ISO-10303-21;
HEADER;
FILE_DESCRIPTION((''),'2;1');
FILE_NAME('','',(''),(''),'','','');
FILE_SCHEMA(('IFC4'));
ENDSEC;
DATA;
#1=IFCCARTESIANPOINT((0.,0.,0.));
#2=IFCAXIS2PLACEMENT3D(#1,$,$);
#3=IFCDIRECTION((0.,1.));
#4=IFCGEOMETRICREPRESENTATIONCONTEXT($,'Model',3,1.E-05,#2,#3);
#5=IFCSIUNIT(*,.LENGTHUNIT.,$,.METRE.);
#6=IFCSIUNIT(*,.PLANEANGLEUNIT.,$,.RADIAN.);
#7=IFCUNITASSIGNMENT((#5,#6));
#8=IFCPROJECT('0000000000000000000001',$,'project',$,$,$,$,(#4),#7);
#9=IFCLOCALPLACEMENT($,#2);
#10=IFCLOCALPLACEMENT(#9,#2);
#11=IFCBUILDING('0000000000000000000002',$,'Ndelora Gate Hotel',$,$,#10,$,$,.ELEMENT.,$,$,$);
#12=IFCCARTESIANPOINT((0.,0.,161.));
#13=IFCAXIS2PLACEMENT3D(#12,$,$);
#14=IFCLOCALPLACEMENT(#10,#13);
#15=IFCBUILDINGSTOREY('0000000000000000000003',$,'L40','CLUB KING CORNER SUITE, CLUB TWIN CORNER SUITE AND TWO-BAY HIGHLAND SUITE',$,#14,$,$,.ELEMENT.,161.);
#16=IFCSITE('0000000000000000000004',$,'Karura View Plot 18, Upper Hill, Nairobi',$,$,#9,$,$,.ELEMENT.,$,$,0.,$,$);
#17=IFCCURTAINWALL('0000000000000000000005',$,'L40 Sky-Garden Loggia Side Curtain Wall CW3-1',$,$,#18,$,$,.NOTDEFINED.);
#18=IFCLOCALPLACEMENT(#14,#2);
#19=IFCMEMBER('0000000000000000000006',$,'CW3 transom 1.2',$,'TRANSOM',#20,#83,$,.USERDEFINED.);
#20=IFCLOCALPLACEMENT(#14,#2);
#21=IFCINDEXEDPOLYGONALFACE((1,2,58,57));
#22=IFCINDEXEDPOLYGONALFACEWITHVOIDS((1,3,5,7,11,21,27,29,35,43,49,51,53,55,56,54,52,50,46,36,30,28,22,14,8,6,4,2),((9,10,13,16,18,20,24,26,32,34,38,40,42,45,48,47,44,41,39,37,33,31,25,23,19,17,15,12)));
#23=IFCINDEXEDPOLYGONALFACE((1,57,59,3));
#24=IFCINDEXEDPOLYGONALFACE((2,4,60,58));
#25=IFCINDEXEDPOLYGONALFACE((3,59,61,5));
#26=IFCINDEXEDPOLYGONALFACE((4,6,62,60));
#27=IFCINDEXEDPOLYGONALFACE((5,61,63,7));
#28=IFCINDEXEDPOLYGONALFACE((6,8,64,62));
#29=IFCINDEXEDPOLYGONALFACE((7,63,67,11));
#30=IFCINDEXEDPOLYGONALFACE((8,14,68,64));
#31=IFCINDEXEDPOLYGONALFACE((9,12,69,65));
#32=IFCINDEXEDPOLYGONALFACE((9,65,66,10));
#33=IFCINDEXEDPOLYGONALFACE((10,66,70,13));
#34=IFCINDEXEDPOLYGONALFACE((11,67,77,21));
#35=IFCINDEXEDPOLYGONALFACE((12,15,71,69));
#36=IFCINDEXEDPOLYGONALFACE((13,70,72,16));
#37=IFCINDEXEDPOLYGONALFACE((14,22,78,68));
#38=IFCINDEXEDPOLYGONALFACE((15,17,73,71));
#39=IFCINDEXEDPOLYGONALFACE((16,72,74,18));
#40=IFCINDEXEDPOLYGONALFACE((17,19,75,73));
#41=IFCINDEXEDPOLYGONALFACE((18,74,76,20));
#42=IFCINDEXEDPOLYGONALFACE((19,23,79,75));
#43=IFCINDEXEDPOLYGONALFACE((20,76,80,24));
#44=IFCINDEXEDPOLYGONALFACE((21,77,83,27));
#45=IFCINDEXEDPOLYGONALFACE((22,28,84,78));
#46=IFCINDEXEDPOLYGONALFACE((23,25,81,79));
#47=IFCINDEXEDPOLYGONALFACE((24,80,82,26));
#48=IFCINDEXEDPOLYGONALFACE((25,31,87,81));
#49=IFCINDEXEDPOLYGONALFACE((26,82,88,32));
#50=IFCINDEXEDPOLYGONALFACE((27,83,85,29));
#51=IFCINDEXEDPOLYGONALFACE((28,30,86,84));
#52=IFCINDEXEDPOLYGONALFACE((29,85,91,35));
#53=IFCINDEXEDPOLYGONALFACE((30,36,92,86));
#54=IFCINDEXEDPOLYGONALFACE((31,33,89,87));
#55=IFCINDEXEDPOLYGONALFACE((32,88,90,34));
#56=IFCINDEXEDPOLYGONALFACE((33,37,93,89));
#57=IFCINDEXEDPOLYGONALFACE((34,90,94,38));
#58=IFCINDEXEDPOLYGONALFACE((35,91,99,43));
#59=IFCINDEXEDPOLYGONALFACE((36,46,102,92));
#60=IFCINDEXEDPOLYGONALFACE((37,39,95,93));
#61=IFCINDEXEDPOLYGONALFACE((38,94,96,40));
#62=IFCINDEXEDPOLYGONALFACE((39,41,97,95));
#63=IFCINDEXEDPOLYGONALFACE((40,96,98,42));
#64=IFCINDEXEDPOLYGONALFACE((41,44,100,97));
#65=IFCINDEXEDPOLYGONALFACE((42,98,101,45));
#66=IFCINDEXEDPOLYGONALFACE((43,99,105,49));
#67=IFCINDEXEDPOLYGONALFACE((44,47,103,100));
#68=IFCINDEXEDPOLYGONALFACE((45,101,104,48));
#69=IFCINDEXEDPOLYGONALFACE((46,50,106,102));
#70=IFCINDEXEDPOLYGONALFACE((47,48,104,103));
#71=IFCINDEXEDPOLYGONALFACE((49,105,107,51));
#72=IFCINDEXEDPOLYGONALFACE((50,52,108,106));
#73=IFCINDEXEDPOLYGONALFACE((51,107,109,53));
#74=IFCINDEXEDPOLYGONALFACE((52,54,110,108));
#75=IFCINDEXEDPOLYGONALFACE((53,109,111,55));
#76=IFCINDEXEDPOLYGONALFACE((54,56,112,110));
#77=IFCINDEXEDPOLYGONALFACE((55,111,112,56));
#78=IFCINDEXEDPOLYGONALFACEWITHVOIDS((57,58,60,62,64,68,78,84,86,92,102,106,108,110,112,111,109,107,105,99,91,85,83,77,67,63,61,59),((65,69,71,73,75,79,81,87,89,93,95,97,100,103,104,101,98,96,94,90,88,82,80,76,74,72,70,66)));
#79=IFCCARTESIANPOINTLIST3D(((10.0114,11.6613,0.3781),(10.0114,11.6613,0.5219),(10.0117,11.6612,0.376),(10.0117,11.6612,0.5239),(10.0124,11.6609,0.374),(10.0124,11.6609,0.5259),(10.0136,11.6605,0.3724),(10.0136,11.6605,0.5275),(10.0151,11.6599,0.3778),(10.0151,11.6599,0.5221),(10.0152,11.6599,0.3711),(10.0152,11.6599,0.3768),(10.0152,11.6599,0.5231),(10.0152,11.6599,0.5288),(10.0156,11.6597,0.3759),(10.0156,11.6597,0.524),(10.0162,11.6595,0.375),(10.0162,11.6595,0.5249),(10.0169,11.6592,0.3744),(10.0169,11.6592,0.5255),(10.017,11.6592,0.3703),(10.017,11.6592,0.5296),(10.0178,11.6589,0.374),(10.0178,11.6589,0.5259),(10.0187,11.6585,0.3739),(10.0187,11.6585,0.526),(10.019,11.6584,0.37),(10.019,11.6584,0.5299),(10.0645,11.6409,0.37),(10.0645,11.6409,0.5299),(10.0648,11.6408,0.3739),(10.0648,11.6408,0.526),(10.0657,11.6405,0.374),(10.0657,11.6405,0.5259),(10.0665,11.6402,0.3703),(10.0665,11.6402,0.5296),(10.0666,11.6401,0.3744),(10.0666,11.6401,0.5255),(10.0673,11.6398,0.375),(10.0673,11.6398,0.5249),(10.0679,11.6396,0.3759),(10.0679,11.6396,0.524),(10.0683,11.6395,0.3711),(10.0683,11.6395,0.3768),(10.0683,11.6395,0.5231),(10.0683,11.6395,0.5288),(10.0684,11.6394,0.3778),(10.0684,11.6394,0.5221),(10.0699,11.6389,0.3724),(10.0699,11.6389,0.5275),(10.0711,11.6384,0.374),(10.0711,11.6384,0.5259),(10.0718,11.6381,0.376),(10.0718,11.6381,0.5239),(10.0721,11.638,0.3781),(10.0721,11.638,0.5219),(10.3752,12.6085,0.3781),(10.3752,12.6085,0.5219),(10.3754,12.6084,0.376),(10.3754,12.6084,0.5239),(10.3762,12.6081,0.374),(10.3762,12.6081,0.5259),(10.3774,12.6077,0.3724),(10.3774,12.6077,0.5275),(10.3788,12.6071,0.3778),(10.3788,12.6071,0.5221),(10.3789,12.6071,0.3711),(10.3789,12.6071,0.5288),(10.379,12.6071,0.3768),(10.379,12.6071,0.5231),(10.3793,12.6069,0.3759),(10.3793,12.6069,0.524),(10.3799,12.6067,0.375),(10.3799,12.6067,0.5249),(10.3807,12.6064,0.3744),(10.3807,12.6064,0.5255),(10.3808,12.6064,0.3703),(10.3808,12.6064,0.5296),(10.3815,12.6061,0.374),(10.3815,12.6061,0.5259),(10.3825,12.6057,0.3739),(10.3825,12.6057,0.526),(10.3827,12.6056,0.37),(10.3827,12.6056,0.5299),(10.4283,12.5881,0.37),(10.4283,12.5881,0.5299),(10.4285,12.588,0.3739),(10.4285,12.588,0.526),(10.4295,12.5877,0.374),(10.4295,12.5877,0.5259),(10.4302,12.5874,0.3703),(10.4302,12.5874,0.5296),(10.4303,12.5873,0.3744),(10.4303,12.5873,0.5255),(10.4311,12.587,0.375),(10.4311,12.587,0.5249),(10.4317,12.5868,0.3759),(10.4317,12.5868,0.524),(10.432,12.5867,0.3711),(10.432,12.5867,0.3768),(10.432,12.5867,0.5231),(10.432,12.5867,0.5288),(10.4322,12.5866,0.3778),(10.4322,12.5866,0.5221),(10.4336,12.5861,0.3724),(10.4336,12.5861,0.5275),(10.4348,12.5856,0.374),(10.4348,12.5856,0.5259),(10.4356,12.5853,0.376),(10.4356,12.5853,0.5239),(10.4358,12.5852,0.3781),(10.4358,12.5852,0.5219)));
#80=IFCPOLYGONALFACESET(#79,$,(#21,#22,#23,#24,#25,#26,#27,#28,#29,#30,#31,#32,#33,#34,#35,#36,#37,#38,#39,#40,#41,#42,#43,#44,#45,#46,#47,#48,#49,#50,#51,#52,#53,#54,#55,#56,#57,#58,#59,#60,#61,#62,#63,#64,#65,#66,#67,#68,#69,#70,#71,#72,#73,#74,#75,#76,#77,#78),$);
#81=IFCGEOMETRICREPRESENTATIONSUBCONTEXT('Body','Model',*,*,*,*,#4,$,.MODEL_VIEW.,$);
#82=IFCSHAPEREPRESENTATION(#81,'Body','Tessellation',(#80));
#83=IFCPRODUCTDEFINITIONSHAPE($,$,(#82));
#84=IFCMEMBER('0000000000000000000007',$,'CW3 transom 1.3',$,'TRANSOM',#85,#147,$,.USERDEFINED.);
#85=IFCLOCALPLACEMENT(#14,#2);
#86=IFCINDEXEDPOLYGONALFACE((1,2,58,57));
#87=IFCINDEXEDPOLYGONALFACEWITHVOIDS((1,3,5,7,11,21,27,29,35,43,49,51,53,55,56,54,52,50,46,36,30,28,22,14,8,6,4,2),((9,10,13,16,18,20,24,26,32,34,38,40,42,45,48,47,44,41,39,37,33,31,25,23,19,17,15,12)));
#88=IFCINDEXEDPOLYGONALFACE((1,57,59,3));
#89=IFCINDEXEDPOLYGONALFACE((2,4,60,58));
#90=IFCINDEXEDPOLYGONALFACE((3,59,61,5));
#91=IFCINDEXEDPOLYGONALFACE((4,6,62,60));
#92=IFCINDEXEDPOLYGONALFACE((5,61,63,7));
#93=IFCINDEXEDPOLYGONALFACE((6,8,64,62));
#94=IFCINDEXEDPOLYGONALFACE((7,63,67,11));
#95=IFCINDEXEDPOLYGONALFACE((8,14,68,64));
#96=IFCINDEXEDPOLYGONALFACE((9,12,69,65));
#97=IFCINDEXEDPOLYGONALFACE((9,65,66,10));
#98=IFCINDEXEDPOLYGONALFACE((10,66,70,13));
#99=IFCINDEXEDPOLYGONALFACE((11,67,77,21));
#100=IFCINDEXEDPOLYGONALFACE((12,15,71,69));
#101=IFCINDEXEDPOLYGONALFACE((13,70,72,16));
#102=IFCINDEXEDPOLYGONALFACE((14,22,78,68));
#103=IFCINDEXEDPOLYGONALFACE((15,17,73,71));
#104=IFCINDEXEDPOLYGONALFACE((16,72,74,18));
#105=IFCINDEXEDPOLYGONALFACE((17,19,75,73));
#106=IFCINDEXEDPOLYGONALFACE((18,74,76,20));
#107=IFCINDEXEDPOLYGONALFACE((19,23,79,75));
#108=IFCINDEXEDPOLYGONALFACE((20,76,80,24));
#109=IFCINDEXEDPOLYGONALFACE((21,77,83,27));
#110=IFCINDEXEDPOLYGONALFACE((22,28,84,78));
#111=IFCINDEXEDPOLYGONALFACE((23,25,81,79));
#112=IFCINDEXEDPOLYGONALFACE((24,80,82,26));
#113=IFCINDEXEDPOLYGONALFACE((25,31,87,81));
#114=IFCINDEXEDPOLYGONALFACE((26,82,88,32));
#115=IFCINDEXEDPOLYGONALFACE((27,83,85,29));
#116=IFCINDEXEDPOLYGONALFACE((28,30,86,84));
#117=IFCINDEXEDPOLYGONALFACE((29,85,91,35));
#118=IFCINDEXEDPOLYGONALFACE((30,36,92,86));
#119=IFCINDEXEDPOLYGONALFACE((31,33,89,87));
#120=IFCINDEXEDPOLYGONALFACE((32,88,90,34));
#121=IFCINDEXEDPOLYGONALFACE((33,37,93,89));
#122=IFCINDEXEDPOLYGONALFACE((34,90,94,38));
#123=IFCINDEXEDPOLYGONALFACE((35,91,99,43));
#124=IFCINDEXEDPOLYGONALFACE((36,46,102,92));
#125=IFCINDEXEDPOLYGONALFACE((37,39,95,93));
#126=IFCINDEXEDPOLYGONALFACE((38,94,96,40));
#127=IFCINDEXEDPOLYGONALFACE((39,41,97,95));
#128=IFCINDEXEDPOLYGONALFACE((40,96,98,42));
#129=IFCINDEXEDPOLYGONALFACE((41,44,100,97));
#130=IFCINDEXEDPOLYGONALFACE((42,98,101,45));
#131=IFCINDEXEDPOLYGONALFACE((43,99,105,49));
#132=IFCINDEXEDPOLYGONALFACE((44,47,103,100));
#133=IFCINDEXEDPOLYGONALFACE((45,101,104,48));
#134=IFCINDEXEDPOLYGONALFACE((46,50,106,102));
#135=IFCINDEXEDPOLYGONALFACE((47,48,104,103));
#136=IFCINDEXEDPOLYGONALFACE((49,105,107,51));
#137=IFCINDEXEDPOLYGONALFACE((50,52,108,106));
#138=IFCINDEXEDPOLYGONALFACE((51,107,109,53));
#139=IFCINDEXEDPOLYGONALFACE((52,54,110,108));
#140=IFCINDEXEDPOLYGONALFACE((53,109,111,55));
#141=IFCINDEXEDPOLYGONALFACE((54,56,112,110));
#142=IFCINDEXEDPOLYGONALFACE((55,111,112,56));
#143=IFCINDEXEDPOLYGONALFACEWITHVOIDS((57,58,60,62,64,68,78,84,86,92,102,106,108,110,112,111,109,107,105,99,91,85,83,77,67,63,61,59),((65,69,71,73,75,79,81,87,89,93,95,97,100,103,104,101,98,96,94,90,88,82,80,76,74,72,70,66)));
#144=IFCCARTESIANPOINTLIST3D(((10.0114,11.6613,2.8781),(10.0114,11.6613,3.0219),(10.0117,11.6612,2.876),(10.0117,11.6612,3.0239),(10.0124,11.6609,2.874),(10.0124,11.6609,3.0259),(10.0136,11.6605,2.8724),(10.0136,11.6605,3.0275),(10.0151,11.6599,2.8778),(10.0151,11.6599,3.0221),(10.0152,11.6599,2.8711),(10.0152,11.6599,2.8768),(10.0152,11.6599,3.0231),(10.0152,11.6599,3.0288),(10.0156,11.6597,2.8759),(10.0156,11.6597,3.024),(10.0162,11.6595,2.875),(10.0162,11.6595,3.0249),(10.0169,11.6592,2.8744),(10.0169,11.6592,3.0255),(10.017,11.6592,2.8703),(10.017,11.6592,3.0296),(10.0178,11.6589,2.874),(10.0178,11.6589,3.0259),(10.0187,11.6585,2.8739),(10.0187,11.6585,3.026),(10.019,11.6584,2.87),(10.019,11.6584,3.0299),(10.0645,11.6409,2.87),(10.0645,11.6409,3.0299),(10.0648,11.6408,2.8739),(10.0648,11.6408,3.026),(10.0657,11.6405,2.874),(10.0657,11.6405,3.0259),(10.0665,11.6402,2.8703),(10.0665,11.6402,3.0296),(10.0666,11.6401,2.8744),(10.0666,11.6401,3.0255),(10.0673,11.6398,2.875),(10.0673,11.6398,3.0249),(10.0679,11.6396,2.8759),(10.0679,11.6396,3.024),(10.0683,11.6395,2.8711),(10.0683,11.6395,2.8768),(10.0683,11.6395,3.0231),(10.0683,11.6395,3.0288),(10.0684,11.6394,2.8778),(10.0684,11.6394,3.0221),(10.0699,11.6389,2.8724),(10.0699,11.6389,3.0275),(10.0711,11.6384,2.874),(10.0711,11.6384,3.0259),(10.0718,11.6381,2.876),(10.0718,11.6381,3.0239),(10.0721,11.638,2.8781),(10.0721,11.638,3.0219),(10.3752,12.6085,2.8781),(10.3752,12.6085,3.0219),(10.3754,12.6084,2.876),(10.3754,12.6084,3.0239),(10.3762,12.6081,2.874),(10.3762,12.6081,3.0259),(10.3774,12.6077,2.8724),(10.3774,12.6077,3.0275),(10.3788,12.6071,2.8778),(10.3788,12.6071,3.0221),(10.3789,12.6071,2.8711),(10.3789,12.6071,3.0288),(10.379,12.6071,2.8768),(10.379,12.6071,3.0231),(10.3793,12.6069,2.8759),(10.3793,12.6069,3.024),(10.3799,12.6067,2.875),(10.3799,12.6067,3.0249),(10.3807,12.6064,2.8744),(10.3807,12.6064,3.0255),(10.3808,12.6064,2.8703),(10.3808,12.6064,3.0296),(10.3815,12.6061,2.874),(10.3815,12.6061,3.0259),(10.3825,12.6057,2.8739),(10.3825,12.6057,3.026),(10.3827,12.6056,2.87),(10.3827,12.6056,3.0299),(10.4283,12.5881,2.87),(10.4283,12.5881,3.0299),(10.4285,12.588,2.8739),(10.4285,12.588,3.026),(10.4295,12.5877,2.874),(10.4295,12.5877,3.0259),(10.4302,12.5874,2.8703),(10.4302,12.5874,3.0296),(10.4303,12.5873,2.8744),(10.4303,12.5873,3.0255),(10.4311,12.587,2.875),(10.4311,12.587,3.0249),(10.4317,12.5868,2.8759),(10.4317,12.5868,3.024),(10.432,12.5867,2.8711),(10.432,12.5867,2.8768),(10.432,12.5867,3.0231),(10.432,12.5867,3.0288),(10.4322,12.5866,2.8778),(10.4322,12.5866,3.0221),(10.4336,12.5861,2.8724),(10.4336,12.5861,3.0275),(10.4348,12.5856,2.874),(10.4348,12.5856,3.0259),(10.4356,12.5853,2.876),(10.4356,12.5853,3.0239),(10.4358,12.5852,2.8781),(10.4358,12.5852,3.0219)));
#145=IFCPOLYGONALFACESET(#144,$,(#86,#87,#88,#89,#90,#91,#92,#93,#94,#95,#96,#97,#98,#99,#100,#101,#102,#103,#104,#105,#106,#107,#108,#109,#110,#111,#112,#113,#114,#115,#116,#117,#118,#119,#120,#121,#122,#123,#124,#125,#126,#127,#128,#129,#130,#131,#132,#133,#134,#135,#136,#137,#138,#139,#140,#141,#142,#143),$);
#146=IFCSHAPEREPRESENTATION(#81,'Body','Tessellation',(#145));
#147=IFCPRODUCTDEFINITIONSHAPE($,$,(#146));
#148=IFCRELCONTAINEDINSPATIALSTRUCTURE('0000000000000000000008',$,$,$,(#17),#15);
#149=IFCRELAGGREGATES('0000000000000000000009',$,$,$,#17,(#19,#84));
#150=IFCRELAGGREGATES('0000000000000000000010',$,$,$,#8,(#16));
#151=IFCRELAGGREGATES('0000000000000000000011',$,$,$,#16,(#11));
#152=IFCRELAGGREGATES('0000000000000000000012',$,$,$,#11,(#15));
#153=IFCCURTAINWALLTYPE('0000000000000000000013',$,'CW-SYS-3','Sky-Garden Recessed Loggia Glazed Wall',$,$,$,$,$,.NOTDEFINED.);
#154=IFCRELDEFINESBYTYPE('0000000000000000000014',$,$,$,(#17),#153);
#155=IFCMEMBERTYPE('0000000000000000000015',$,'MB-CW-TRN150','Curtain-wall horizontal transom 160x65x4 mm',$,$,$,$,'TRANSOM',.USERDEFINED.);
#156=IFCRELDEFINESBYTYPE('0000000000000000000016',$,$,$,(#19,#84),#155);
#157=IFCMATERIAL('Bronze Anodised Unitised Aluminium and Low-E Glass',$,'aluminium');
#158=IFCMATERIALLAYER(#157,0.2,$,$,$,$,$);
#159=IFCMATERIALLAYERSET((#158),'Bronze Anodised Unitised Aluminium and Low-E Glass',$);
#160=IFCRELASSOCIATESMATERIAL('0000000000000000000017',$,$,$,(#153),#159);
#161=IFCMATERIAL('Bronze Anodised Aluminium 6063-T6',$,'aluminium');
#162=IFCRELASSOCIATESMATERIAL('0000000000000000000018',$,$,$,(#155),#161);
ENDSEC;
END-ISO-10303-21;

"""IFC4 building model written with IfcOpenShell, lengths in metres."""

from ifc_helpers import new_model, si_unit, direction, frame, origin, origin_2d, place, context, subcontext, project, spatial, hollow_rectangle, extrude, material, layer, layer_set, material_profile, profile_set, type_object, element, aggregate, save


model = new_model("IFC4")

# Units and contexts
model_context = context("Model", 3, precision=1e-05, world=origin(), true_north=direction((0.0, 1.0)))
body_context = subcontext(model_context, "Body", "Model", "MODEL_VIEW")
ifc_project = project(units=[si_unit("LENGTHUNIT", "METRE"), si_unit("PLANEANGLEUNIT", "RADIAN")], contexts=[model_context])

# Site, building, storey
site_placement = place(None, origin())
site = spatial("IfcSite", under=ifc_project, at=site_placement, Name="Karura View Plot 18, Upper Hill, Nairobi", CompositionType="ELEMENT", RefElevation=0.0)
building_placement = place(site_placement, origin())
building = spatial("IfcBuilding", under=site, at=building_placement, Name="Ndelora Gate Hotel", CompositionType="ELEMENT")
storey_placement = place(building_placement, frame((0.0, 0.0, 161.0)))
storey = spatial("IfcBuildingStorey", under=building, at=storey_placement, Name="L40", Description="CLUB KING CORNER SUITE, CLUB TWIN CORNER SUITE AND TWO-BAY HIGHLAND SUITE", CompositionType="ELEMENT", Elevation=161.0)

# Curtain wall, members
ifc_material_1 = material(Name="Bronze Anodised Unitised Aluminium and Low-E Glass", Category="aluminium")
ifc_layer_1 = layer(ifc_material_1, 0.2)
ifc_layer_set_1 = layer_set([ifc_layer_1], Name="Bronze Anodised Unitised Aluminium and Low-E Glass")
curtain_wall_type = type_object("IfcCurtainWallType", Name="CW-SYS-3", Description="Sky-Garden Recessed Loggia Glazed Wall", PredefinedType="NOTDEFINED", material=ifc_layer_set_1)
curtain_wall_placement = place(storey_placement, origin())
curtain_wall = element("IfcCurtainWall", 1, at=curtain_wall_placement, inside=storey, type_object=curtain_wall_type, Name="L40 Sky-Garden Loggia Side Curtain Wall CW3-1", PredefinedType="NOTDEFINED")
ifc_material_2 = material(Name="Bronze Anodised Aluminium 6063-T6", Category="aluminium")
ifc_material_profile_1 = material_profile(ifc_material_2, hollow_rectangle(XDim=0.0649, YDim=0.1599, WallThickness=0.0039, InnerFilletRadius=0.0039, OuterFilletRadius=0.0081, at=origin_2d()), Name="ALU 160x65x4")
ifc_profile_set_1 = profile_set([ifc_material_profile_1], Name="Bronze Anodised Aluminium 6063-T6")
member_type_1 = type_object("IfcMemberType", Name="MB-CW-TRN150", Description="Curtain-wall horizontal transom 160x65x4 mm", ElementType="TRANSOM", PredefinedType="USERDEFINED", material=ifc_profile_set_1)
member_1_placement = place(storey_placement, frame((10.0417, 11.6497, 0.45), z_axis=(0.358495, 0.933532, 0.0), x_axis=(-0.933532, 0.358495, 0.0)))
member_1 = element("IfcMember", 2, at=member_1_placement, type_object=member_type_1, Name="CW3 transom 1.2", ObjectType="TRANSOM", PredefinedType="USERDEFINED", context=body_context, shape_type="SweptSolid", body=[
    extrude(hollow_rectangle(XDim=0.0649, YDim=0.1599, WallThickness=0.0039, InnerFilletRadius=0.0039, OuterFilletRadius=0.0081, at=origin_2d()), origin(), (0.0, 0.0, 1.0), 1.0146),
])
member_2_placement = place(storey_placement, frame((10.0417, 11.6497, 2.95), z_axis=(0.358495, 0.933532, 0.0), x_axis=(-0.933532, 0.358495, 0.0)))
member_2 = element("IfcMember", 3, at=member_2_placement, type_object=member_type_1, Name="CW3 transom 1.3", ObjectType="TRANSOM", PredefinedType="USERDEFINED", context=body_context, shape_type="SweptSolid", body=[
    extrude(hollow_rectangle(XDim=0.0649, YDim=0.1599, WallThickness=0.0039, InnerFilletRadius=0.0039, OuterFilletRadius=0.0081, at=origin_2d()), origin(), (0.0, 0.0, 1.0), 1.0146),
])
aggregate(curtain_wall, [member_1, member_2])

save(model, "model.ifc")
